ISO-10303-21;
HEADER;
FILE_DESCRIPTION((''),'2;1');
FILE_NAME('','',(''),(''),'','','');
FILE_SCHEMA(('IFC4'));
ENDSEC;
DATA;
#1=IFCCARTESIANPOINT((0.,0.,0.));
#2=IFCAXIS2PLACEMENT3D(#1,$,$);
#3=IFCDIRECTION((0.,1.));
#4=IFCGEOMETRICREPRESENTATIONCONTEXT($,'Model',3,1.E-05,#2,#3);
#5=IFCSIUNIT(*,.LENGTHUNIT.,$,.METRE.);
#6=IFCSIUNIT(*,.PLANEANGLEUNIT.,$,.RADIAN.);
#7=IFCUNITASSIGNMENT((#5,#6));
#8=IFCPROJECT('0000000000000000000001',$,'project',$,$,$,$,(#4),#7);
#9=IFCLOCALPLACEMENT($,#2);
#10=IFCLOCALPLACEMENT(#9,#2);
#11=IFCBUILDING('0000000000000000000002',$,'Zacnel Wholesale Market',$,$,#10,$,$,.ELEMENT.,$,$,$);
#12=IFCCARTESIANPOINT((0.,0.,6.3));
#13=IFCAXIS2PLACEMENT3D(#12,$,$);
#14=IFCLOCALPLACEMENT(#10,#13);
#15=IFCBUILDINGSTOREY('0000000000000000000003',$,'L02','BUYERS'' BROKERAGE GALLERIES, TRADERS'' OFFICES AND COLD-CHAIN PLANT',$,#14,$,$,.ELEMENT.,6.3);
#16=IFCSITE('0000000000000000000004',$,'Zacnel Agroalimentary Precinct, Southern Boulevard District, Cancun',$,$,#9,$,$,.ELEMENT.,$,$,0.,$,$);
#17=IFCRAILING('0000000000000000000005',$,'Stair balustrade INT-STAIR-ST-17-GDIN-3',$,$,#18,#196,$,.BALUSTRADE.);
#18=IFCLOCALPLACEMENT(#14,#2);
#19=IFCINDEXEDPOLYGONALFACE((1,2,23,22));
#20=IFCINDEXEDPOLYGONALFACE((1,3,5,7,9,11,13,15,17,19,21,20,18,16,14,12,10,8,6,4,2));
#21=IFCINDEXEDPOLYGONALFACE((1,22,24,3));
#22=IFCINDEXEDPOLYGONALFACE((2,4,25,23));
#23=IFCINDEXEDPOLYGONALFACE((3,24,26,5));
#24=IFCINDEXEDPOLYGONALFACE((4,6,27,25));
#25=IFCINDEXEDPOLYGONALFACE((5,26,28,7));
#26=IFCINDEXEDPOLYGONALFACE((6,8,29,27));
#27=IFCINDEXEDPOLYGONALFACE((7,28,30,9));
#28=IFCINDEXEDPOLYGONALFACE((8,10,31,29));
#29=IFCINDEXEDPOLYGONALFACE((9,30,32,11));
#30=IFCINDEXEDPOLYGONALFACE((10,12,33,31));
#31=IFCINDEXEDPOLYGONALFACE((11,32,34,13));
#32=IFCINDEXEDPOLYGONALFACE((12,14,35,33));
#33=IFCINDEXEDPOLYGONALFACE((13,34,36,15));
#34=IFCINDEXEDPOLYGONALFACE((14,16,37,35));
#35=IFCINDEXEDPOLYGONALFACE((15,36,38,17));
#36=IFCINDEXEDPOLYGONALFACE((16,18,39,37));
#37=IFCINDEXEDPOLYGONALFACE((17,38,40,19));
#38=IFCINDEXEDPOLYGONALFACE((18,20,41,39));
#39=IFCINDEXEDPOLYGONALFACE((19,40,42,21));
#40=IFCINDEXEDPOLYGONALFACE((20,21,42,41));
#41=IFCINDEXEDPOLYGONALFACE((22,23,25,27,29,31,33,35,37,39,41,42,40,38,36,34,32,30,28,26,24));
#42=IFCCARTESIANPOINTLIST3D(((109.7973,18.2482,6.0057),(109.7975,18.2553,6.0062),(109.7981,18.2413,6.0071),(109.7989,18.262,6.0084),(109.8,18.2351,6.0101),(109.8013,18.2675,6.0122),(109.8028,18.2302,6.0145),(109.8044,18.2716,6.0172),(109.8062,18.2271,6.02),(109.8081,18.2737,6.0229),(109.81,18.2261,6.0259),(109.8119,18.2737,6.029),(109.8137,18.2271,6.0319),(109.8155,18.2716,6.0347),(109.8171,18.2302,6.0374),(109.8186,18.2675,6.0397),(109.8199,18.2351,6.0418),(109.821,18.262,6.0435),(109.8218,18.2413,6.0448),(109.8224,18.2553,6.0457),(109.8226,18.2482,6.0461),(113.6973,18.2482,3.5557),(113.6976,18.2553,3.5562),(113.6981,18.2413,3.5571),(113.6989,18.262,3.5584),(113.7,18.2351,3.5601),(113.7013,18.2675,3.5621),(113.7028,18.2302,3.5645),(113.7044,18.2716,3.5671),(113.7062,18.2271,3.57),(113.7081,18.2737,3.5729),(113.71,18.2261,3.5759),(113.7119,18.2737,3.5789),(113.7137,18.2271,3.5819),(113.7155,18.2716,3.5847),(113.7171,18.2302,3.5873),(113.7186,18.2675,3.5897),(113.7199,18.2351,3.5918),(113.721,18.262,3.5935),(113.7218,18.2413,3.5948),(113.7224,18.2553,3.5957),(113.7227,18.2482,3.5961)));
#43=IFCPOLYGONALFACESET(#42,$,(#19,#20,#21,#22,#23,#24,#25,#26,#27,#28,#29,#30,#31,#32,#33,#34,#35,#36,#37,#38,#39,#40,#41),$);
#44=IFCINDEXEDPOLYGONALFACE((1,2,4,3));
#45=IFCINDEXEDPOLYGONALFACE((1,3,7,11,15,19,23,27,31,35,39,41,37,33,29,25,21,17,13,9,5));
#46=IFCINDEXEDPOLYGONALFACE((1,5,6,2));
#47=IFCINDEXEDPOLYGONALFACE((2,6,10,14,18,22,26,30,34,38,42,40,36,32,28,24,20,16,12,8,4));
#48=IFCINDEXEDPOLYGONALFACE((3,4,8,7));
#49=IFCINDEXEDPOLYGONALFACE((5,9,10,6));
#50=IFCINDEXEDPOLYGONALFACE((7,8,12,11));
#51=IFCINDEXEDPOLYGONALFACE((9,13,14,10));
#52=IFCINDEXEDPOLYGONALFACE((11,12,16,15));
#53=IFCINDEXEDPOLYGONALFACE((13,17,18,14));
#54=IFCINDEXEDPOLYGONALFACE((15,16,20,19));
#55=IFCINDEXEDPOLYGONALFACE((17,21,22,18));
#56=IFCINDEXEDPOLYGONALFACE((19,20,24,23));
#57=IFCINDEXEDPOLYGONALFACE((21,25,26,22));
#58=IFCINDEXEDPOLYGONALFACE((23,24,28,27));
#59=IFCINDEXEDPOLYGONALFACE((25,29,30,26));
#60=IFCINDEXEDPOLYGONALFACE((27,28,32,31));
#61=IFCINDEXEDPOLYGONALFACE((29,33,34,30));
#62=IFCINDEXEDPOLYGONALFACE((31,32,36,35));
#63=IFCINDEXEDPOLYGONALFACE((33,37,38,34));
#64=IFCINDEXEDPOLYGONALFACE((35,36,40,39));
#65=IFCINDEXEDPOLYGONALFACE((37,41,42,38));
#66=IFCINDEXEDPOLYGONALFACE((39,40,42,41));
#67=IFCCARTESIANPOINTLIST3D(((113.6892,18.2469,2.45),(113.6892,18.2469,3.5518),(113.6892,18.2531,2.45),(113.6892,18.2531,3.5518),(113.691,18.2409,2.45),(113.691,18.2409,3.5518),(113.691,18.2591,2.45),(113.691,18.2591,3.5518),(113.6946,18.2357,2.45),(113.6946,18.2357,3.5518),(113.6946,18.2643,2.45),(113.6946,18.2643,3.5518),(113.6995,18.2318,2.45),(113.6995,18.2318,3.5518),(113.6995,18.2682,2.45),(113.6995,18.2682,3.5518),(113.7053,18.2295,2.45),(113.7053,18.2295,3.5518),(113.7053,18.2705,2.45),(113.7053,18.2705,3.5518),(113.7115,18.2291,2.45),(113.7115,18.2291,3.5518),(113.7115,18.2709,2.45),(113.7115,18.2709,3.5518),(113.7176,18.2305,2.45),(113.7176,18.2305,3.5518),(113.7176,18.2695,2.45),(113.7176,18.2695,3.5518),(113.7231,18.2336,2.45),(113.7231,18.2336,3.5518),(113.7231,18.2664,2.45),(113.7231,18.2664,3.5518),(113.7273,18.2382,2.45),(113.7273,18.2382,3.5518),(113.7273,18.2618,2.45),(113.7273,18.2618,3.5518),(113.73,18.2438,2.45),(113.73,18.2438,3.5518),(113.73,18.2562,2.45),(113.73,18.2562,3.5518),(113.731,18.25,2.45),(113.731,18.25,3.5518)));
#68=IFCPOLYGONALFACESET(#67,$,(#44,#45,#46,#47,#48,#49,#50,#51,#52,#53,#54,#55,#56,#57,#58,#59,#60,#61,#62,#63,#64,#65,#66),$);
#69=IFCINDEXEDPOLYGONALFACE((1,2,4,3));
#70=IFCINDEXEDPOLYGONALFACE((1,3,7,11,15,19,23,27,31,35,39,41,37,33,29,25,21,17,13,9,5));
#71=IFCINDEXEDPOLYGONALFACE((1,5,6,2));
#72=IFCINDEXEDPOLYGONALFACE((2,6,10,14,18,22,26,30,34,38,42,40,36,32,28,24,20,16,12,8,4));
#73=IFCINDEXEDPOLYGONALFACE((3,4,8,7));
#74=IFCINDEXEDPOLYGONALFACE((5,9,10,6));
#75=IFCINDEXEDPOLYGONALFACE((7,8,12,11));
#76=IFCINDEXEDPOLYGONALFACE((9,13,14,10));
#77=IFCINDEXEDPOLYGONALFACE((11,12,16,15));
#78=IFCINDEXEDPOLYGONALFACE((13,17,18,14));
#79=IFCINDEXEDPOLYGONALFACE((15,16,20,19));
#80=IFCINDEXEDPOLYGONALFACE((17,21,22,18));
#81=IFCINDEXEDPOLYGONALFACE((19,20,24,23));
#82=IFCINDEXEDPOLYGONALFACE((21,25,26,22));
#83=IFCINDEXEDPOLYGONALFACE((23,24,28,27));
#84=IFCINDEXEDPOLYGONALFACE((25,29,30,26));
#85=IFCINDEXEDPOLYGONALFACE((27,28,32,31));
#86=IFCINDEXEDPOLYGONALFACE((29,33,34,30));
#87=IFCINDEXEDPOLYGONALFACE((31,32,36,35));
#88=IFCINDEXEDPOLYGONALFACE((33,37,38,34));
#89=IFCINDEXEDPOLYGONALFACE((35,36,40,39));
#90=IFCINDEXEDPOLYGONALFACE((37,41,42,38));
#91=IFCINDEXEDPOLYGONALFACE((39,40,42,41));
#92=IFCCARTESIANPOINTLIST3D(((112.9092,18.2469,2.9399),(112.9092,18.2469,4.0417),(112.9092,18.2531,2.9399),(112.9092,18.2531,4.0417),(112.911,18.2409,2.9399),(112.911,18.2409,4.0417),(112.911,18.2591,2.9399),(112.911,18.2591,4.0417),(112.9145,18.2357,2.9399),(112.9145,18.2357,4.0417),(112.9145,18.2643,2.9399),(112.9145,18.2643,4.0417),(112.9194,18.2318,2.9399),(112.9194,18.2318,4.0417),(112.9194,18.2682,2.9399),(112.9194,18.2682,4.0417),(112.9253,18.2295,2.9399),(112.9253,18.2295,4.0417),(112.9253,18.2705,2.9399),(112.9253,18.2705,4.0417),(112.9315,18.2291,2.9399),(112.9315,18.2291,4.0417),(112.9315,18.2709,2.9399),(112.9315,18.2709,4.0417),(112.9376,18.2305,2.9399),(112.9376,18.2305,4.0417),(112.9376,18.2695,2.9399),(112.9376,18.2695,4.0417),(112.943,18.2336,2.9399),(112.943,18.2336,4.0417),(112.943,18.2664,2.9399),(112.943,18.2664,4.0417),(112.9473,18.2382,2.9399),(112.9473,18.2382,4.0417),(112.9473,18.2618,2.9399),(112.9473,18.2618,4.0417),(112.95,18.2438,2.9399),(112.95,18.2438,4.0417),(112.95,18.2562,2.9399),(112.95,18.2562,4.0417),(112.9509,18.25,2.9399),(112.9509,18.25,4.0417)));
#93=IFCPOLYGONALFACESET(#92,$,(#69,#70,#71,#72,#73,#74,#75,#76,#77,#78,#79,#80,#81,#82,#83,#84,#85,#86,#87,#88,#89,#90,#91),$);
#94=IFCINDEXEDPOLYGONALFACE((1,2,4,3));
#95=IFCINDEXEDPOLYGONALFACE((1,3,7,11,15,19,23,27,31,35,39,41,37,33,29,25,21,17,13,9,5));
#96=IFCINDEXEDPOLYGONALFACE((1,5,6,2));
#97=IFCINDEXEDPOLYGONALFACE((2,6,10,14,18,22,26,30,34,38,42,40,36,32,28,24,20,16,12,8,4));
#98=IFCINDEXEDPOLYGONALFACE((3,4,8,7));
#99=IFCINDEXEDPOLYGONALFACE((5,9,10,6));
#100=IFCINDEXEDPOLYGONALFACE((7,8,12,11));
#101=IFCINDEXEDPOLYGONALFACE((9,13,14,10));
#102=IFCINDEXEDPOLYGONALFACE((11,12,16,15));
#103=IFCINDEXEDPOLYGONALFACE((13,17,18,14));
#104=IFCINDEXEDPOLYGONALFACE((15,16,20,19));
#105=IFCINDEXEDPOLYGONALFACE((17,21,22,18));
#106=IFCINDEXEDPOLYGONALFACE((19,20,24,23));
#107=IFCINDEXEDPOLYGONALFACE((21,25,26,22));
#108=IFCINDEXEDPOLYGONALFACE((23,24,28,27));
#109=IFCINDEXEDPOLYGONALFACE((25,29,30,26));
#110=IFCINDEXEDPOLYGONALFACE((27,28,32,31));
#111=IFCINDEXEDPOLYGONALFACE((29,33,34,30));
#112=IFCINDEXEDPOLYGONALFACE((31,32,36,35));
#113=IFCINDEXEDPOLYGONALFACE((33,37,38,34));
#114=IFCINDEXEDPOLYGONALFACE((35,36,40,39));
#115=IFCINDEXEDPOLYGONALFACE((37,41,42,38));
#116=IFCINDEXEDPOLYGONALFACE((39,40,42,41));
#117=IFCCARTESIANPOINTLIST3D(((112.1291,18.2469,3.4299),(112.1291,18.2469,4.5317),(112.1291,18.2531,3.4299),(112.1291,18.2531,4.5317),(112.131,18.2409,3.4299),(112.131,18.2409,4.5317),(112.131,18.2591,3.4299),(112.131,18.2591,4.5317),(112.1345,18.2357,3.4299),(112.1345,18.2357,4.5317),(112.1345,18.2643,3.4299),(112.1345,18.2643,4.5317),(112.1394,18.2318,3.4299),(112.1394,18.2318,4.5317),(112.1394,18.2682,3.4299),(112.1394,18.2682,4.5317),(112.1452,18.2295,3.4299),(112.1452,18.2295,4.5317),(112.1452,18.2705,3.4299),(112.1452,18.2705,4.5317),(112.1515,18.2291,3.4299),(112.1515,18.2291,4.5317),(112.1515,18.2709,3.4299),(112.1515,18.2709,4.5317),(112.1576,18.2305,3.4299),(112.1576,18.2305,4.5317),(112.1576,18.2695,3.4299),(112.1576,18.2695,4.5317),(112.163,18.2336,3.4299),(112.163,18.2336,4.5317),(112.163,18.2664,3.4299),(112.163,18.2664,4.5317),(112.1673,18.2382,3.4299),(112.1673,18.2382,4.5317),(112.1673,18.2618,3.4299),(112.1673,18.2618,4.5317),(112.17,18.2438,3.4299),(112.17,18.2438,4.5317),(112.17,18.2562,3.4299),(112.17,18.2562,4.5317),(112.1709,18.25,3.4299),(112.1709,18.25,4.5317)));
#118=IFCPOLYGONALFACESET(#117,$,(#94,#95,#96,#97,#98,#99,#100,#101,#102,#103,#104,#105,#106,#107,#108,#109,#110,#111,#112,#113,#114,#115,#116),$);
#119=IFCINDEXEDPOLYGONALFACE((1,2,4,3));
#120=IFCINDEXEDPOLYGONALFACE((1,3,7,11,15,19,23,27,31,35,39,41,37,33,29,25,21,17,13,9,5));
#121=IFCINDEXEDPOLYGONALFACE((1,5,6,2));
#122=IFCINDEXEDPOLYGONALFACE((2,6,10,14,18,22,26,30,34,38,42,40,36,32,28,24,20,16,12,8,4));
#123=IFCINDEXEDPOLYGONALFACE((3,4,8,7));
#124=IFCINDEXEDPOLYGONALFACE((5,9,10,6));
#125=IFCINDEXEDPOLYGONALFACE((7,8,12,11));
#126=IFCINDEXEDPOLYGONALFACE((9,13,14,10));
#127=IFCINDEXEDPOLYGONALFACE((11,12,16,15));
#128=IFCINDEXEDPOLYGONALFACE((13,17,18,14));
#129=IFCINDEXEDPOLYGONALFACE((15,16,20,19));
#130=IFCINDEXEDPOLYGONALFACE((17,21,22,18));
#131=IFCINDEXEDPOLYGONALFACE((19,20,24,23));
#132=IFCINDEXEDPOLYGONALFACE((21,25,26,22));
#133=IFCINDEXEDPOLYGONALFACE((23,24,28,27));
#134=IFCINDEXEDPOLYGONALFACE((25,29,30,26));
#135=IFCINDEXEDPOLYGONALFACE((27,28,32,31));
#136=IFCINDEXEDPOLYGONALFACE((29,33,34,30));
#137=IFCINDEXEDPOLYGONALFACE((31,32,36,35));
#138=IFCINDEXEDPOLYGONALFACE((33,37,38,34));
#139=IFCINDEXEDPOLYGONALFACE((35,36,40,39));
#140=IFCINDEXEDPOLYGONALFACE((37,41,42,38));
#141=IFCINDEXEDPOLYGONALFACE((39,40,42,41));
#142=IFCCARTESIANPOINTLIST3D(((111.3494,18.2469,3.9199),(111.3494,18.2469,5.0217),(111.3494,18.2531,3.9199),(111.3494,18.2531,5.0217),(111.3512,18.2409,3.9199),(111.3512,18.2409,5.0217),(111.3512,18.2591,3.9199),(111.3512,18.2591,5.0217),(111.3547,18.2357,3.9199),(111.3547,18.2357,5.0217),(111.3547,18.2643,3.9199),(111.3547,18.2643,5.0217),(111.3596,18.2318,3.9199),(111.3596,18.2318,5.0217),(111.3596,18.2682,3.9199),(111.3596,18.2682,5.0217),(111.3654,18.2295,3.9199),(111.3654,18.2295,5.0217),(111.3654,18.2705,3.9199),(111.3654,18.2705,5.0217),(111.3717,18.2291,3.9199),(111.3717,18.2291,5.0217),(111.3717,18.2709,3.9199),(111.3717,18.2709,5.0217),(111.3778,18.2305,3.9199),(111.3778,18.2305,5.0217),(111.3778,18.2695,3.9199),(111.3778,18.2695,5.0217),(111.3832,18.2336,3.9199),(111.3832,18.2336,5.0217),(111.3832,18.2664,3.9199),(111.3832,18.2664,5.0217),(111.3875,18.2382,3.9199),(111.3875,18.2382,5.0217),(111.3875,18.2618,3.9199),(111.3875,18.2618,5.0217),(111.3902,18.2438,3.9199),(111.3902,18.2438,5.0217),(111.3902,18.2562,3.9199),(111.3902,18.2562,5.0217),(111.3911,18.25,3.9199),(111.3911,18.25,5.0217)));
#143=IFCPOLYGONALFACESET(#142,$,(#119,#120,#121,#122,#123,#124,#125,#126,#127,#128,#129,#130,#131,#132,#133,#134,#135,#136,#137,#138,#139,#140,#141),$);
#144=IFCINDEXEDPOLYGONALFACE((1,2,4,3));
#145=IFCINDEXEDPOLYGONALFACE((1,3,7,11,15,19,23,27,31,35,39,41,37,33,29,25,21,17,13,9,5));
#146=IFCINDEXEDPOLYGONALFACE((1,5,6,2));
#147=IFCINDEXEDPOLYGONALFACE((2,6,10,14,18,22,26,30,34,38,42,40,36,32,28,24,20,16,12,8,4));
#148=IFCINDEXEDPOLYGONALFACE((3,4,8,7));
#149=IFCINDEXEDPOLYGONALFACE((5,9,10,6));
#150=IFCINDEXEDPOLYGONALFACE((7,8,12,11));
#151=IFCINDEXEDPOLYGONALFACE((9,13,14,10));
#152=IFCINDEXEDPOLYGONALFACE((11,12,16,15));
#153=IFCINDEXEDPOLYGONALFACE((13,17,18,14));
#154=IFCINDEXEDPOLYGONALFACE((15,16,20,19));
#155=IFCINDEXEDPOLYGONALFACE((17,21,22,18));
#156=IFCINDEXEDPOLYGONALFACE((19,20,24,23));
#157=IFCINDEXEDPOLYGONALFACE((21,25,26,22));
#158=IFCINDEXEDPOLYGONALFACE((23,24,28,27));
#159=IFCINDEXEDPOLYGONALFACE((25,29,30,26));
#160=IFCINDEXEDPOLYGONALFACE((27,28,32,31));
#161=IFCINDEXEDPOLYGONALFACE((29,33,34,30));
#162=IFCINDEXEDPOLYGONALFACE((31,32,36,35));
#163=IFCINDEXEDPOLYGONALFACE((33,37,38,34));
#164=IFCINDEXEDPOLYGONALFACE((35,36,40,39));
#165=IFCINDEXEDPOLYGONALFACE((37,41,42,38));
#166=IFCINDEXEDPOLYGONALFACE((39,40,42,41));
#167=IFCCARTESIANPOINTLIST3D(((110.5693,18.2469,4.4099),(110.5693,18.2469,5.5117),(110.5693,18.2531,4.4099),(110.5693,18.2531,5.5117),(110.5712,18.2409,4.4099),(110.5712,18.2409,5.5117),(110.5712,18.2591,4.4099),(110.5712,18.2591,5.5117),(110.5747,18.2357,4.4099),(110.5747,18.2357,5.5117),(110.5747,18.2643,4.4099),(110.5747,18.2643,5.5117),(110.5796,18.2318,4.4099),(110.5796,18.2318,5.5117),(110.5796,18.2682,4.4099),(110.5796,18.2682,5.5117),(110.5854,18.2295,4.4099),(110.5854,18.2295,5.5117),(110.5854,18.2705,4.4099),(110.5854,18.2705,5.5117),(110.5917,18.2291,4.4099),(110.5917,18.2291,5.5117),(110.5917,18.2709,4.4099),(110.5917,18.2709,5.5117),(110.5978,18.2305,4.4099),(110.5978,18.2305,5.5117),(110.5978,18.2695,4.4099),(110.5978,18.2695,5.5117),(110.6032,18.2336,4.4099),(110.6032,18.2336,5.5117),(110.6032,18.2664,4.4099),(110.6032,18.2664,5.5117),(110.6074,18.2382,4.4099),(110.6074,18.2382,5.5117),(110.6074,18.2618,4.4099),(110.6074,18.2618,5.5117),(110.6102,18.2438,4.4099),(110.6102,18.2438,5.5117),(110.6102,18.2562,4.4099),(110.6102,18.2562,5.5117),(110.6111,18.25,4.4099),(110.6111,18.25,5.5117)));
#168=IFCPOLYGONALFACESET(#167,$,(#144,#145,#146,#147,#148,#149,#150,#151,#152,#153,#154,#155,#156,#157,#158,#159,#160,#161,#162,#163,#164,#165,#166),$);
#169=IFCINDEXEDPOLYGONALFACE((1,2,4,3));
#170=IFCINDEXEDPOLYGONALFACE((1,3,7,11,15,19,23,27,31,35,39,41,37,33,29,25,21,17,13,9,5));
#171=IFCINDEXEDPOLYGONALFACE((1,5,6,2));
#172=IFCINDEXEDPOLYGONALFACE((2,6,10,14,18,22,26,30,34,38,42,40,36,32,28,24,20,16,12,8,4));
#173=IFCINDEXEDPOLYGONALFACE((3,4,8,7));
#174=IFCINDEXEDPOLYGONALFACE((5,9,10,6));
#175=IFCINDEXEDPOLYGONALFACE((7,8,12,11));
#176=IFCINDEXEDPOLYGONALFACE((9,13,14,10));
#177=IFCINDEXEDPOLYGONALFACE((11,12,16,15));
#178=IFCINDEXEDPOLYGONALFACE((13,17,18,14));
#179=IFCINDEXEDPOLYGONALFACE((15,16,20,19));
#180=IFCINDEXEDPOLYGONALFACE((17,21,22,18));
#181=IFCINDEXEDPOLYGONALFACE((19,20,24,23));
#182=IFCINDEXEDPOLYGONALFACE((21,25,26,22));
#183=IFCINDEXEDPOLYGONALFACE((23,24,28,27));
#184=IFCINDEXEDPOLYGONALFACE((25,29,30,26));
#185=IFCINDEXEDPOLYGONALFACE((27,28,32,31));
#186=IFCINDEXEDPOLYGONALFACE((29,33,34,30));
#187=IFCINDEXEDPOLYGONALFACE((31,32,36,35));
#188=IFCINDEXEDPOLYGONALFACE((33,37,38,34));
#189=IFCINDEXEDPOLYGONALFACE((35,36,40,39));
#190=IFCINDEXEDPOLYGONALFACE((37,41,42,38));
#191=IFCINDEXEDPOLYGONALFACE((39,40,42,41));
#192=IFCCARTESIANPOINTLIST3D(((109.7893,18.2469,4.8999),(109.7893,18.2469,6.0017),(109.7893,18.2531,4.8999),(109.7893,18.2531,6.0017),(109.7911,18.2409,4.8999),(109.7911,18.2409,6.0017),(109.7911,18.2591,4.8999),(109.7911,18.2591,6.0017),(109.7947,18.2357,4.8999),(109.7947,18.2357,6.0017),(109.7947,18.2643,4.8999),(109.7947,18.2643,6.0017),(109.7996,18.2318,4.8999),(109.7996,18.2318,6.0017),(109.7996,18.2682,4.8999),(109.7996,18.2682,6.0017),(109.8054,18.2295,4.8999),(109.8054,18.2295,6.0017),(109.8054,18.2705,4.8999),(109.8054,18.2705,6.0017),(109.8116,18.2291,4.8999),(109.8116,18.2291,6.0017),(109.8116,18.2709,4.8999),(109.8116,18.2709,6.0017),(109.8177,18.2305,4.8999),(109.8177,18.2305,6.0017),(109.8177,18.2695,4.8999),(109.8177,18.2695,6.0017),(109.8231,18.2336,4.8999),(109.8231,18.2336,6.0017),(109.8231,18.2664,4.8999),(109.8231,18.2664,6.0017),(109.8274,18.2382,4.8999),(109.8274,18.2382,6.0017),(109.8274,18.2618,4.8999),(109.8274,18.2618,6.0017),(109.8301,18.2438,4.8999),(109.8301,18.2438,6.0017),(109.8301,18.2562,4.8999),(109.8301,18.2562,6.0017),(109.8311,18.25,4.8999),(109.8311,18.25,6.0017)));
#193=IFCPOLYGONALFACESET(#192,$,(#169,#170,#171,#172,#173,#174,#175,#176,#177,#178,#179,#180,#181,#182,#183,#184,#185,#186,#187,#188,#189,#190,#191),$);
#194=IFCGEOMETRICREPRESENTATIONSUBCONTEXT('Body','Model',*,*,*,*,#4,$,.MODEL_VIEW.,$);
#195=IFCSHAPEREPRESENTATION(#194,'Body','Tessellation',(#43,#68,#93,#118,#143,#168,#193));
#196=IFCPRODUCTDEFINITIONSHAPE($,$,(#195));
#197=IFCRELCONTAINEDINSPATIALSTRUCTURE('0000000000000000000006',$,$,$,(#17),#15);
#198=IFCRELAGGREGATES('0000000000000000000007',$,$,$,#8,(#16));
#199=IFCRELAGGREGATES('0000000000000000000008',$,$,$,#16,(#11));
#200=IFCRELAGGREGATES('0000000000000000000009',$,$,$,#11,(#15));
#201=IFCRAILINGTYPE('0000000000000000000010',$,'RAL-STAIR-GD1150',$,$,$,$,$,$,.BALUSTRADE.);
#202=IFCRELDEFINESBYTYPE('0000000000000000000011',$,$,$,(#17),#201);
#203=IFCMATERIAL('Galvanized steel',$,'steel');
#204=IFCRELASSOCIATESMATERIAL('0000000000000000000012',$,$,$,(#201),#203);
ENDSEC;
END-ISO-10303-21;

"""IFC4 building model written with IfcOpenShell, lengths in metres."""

from ifc_helpers import new_model, si_unit, direction, frame, origin, origin_2d, place, context, subcontext, project, spatial, circle, extrude, material, type_object, element, save


model = new_model("IFC4")

# Units and contexts
model_context = context("Model", 3, precision=1e-05, world=origin(), true_north=direction((0.0, 1.0)))
body_context = subcontext(model_context, "Body", "Model", "MODEL_VIEW")
ifc_project = project(units=[si_unit("LENGTHUNIT", "METRE"), si_unit("PLANEANGLEUNIT", "RADIAN")], contexts=[model_context])

# Site, building, storey
site_placement = place(None, origin())
site = spatial("IfcSite", under=ifc_project, at=site_placement, Name="Zacnel Agroalimentary Precinct, Southern Boulevard District, Cancun", CompositionType="ELEMENT", RefElevation=0.0)
building_placement = place(site_placement, origin())
building = spatial("IfcBuilding", under=site, at=building_placement, Name="Zacnel Wholesale Market", CompositionType="ELEMENT")
storey_placement = place(building_placement, frame((0.0, 0.0, 6.3)))
storey = spatial("IfcBuildingStorey", under=building, at=storey_placement, Name="L02", Description="BUYERS' BROKERAGE GALLERIES, TRADERS' OFFICES AND COLD-CHAIN PLANT", CompositionType="ELEMENT", Elevation=6.3)

# Railing
ifc_material_1 = material(Name="Galvanized steel", Category="steel")
railing_type_1 = type_object("IfcRailingType", Name="RAL-STAIR-GD1150", PredefinedType="BALUSTRADE", material=ifc_material_1)
railing_1_placement = place(storey_placement, frame((113.71, 18.25, 2.45)))
element("IfcRailing", 1, at=railing_1_placement, inside=storey, type_object=railing_type_1, Name="Stair balustrade INT-STAIR-ST-17-GDIN-3", PredefinedType="BALUSTRADE", context=body_context, shape_type="SweptSolid", body=[
    extrude(circle(Radius=0.0239, at=origin_2d()), frame((0.0, 0.0, 1.126), z_axis=(-0.846775, 0.0, 0.531951), x_axis=(0.0, -1.0, 0.0)), (0.0, 0.0, 1.0), 4.6057),
    extrude(circle(Radius=0.021, at=origin_2d()), origin(), (0.0, 0.0, 1.0), 1.1018),
    extrude(circle(Radius=0.021, at=origin_2d()), frame((-0.78, 0.0, 0.49)), (0.0, 0.0, 1.0), 1.1018),
    extrude(circle(Radius=0.021, at=origin_2d()), frame((-1.5601, 0.0, 0.98)), (0.0, 0.0, 1.0), 1.1018),
    extrude(circle(Radius=0.021, at=origin_2d()), frame((-2.3398, 0.0, 1.47)), (0.0, 0.0, 1.0), 1.1018),
    extrude(circle(Radius=0.021, at=origin_2d()), frame((-3.1199, 0.0, 1.96)), (0.0, 0.0, 1.0), 1.1018),
    extrude(circle(Radius=0.021, at=origin_2d()), frame((-3.8999, 0.0, 2.45)), (0.0, 0.0, 1.0), 1.1018),
])

save(model, "model.ifc")
